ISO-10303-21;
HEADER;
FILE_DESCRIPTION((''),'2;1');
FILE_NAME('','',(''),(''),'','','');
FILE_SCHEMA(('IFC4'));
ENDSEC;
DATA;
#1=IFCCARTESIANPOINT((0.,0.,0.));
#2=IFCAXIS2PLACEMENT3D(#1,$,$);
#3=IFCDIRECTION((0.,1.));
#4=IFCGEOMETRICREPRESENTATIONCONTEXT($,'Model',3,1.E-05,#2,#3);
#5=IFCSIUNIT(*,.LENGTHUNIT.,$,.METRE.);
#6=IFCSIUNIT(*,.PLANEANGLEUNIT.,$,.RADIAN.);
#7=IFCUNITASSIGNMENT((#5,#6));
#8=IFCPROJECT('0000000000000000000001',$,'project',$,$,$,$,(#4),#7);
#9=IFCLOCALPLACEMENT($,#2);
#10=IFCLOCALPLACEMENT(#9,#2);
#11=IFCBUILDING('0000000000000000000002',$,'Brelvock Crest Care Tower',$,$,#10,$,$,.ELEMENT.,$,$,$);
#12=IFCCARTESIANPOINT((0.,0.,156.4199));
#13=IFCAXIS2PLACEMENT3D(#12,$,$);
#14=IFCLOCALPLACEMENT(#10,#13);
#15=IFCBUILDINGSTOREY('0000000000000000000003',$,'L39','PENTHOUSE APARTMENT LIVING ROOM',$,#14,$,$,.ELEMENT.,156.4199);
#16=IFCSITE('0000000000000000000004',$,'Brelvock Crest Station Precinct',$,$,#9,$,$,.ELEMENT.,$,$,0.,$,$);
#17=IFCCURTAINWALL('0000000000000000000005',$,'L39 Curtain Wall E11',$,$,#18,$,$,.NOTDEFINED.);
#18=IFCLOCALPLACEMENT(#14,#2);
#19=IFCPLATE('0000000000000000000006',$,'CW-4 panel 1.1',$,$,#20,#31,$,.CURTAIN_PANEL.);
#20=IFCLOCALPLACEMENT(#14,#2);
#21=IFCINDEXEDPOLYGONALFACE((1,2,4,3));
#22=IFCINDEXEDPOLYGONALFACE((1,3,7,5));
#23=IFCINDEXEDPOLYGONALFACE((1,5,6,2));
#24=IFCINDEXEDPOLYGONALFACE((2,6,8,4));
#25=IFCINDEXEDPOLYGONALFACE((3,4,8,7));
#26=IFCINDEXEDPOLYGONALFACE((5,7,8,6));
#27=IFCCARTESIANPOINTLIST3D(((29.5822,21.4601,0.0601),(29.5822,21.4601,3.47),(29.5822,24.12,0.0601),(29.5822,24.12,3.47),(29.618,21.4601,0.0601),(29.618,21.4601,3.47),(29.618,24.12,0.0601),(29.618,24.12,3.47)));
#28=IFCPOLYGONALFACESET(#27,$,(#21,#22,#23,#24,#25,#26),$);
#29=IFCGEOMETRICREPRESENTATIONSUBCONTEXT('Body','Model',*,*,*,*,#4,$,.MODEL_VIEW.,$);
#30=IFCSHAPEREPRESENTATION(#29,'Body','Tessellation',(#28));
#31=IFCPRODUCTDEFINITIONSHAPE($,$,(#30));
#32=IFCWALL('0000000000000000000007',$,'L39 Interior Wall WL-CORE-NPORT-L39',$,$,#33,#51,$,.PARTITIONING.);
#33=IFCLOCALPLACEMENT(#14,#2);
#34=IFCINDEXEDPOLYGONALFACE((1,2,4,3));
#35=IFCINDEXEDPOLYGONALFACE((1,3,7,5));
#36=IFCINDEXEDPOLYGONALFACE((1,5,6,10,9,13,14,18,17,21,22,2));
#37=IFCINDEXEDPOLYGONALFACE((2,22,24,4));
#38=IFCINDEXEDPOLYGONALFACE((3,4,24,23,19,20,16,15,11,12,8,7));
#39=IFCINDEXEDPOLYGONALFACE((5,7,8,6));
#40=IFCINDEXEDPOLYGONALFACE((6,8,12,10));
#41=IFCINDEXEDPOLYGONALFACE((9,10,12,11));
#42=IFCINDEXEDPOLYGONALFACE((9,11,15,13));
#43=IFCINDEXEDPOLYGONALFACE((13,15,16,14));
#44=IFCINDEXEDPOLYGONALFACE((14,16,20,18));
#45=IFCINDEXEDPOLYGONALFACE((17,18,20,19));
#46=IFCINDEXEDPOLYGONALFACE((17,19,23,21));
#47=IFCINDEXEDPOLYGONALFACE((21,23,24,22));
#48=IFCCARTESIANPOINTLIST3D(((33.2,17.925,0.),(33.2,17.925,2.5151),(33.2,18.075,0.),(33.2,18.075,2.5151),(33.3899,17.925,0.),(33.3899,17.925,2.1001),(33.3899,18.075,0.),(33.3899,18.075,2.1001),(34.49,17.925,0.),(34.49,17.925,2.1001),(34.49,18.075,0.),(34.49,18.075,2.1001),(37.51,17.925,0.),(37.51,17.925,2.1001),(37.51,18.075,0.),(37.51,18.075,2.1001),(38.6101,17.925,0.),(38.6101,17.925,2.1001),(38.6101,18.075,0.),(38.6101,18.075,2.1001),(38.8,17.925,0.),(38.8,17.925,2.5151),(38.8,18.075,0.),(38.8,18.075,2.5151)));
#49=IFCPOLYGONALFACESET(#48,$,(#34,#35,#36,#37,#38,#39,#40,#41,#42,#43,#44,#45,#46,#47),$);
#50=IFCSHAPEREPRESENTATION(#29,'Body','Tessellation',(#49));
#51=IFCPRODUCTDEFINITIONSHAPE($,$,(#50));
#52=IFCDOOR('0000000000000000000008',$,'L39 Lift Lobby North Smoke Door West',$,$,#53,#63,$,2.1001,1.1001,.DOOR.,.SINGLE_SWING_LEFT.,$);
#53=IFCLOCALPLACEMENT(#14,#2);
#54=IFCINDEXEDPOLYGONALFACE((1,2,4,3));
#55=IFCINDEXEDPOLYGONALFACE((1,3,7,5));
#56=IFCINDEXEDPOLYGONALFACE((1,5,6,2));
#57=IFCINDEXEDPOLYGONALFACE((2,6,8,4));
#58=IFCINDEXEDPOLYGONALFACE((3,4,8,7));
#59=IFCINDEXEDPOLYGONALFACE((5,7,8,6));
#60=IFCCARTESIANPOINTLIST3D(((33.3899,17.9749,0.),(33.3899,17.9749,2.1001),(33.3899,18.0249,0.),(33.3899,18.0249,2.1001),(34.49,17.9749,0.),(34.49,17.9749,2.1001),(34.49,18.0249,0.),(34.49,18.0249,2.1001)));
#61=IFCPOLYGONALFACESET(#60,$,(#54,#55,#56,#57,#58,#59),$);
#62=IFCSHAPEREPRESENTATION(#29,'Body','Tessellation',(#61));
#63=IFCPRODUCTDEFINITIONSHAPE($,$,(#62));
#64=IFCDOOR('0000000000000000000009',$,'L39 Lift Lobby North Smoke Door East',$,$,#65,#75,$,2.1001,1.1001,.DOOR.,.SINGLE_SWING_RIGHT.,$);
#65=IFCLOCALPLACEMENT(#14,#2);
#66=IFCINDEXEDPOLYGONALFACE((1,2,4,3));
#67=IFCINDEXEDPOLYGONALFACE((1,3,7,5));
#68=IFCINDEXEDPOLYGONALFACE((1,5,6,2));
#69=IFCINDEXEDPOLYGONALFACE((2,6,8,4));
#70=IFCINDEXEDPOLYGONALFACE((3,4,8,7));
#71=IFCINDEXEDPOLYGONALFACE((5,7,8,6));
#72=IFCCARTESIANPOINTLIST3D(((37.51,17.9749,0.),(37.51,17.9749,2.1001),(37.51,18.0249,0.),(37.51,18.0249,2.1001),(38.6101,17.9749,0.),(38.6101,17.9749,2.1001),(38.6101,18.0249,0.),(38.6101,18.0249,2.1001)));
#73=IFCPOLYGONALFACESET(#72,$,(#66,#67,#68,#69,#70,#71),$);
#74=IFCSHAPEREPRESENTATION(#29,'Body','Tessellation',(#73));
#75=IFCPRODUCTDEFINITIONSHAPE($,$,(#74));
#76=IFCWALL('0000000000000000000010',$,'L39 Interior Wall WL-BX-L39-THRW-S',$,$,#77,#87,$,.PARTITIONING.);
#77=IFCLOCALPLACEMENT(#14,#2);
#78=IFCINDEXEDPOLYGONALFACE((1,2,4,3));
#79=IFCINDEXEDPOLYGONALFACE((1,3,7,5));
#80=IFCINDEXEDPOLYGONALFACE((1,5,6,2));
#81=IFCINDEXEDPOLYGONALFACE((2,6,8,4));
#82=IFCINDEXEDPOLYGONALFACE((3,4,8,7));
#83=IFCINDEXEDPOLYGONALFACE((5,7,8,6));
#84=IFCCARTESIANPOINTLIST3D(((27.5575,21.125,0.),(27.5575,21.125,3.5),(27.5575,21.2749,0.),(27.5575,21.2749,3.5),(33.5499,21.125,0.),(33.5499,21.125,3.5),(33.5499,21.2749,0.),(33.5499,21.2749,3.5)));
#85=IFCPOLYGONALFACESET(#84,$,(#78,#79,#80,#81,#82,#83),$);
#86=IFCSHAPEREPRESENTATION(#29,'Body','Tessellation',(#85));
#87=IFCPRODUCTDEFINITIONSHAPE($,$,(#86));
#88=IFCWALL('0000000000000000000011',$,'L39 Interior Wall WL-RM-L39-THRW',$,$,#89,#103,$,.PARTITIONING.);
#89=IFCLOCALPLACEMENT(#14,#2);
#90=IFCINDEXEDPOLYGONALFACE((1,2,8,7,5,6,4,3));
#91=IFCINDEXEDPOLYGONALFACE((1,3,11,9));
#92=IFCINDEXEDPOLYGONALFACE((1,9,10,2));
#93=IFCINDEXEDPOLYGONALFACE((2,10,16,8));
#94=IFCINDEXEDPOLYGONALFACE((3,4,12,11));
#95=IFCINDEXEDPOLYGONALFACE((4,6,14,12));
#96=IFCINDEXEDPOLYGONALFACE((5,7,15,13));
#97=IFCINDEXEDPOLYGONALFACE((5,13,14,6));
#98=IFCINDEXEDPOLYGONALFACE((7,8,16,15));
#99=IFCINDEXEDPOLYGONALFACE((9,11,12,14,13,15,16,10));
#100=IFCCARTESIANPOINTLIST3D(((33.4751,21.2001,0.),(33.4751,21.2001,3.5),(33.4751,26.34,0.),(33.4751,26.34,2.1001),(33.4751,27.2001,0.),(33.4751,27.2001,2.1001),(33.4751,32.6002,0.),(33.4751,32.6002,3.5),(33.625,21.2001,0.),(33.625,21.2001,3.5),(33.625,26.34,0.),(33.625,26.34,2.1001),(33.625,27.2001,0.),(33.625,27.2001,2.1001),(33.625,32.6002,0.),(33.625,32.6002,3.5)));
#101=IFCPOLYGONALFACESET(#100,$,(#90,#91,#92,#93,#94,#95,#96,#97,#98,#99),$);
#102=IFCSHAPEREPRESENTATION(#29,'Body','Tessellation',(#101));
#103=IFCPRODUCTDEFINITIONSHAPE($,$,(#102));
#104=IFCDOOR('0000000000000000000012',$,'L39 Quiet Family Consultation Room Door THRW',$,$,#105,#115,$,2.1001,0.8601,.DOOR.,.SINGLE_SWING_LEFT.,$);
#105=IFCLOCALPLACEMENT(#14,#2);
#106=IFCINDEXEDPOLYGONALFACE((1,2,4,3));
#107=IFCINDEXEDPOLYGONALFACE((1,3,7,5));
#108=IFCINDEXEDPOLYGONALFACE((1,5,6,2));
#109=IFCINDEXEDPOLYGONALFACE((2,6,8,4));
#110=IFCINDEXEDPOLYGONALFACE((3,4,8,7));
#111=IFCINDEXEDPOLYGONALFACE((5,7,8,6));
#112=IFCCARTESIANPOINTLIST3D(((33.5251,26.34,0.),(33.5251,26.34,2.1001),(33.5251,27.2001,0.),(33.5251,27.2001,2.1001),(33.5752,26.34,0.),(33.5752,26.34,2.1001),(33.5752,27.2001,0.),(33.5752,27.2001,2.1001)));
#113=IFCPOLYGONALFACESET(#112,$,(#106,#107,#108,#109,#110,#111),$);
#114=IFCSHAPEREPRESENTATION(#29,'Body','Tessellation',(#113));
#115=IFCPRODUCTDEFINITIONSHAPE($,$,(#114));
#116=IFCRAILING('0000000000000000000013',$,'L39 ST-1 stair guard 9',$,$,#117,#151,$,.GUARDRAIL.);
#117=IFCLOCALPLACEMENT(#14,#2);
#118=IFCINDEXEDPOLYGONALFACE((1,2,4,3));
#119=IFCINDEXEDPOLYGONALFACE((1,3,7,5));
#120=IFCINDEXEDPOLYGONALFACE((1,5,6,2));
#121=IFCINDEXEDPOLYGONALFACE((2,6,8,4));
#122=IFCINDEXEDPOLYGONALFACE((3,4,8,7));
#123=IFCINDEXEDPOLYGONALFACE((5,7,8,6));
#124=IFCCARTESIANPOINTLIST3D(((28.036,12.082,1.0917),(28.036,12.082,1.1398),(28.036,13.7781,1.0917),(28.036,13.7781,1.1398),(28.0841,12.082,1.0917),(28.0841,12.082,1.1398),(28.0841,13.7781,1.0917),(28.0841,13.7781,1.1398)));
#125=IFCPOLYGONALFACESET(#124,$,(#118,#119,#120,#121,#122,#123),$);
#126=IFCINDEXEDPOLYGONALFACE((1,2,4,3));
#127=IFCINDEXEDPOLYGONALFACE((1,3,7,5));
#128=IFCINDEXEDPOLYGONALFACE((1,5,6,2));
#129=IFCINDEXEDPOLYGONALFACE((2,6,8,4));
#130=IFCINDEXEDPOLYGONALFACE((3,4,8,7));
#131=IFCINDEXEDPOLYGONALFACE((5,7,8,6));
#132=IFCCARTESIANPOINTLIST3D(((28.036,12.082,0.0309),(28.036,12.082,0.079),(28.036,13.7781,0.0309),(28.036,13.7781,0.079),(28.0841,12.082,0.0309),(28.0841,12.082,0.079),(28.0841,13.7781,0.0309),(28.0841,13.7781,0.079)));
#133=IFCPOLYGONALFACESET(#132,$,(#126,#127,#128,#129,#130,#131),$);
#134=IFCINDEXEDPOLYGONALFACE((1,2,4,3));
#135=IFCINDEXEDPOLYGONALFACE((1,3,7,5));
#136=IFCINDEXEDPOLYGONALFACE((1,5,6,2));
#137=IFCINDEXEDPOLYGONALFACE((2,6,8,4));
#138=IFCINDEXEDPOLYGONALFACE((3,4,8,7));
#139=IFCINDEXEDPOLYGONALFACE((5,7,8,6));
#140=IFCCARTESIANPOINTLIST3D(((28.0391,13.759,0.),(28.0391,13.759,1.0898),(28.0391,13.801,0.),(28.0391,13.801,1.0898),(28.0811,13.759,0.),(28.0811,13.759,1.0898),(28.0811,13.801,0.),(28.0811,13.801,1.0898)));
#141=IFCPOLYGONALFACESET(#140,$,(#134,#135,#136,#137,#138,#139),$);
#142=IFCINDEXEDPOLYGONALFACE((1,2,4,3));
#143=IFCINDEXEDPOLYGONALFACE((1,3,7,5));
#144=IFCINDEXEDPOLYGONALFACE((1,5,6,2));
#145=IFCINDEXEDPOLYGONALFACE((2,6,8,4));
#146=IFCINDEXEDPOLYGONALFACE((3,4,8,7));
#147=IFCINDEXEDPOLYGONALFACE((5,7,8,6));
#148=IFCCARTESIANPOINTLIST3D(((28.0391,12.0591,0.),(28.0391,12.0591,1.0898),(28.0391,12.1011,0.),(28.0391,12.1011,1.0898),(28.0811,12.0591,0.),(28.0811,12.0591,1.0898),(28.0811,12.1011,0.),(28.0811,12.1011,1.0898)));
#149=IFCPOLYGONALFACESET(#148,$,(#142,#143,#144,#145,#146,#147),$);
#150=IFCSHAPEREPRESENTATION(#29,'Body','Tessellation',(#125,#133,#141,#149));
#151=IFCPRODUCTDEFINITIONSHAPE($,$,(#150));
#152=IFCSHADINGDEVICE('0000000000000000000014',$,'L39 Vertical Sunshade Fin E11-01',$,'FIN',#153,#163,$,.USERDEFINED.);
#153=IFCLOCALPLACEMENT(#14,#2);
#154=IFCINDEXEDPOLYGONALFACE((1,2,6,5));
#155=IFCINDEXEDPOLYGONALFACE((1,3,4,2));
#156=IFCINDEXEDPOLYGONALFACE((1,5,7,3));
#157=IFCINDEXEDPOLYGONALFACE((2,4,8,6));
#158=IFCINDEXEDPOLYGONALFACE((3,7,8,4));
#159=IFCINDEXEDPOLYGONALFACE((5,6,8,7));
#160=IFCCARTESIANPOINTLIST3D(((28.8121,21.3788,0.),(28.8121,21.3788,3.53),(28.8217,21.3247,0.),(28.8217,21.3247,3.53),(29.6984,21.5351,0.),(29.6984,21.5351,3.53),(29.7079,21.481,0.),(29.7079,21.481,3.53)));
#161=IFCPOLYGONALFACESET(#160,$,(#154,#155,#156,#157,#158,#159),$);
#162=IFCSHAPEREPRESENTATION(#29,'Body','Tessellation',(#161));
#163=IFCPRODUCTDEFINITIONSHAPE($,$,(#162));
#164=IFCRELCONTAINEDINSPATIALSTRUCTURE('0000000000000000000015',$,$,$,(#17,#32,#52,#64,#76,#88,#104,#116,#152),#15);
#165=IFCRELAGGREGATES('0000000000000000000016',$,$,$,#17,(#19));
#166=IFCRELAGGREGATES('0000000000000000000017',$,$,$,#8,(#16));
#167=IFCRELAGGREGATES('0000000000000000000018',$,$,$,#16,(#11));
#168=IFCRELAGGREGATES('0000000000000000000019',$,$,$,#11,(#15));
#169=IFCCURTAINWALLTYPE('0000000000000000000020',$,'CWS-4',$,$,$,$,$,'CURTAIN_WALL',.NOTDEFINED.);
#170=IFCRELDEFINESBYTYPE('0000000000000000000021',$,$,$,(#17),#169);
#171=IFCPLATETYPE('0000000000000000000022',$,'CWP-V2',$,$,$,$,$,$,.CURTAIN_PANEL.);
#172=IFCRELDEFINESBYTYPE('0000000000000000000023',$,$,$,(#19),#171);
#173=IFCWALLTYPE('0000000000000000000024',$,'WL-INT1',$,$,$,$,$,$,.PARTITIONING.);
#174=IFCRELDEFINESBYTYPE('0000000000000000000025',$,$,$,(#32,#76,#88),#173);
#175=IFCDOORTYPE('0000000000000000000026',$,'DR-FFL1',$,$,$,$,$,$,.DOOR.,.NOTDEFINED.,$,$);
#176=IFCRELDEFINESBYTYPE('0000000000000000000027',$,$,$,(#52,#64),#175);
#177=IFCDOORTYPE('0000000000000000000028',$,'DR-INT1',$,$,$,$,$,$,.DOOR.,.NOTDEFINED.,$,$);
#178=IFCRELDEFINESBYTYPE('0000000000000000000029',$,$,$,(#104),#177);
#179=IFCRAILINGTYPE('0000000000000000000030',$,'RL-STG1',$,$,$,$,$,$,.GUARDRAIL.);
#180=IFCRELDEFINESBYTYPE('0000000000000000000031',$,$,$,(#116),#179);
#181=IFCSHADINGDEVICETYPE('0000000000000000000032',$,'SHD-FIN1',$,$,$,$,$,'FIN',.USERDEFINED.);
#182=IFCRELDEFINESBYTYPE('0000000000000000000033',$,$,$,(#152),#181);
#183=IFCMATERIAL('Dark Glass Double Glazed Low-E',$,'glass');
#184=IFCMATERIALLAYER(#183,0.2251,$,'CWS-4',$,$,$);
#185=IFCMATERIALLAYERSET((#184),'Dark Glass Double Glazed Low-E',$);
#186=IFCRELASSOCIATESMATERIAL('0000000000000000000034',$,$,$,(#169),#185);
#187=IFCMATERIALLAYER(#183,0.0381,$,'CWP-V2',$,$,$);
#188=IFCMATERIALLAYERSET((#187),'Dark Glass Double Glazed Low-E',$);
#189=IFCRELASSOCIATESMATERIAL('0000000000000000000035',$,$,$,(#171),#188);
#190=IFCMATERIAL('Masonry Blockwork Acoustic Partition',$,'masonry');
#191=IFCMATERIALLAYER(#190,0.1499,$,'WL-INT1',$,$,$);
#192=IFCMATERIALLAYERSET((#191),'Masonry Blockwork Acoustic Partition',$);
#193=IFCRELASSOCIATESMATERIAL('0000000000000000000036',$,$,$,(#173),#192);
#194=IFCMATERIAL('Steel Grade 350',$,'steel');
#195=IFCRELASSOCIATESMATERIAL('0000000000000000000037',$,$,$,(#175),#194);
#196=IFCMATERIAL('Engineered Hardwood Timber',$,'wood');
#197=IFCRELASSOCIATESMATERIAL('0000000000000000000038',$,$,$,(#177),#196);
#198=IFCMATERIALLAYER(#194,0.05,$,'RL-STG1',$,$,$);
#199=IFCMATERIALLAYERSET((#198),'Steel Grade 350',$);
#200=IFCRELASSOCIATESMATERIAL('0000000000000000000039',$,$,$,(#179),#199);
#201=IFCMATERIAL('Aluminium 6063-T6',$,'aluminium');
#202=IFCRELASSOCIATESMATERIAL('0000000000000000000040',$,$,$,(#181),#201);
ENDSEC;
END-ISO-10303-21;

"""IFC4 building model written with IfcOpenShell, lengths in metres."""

from ifc_helpers import new_model, si_unit, direction, frame, frame_2d, origin, origin_2d, place, context, subcontext, project, spatial, rectangle, extrude, source, transform, mapped, material, layer, layer_set, material_profile, profile_set, type_object, element, fill, aggregate, save


model = new_model("IFC4")

# Units and contexts
model_context = context("Model", 3, precision=1e-05, world=origin(), true_north=direction((0.0, 1.0)))
body_context = subcontext(model_context, "Body", "Model", "MODEL_VIEW")
ifc_project = project(units=[si_unit("LENGTHUNIT", "METRE"), si_unit("PLANEANGLEUNIT", "RADIAN")], contexts=[model_context])

# Site, building, storey
site_placement = place(None, origin())
site = spatial("IfcSite", under=ifc_project, at=site_placement, Name="Brelvock Crest Station Precinct", CompositionType="ELEMENT", RefElevation=0.0)
building_placement = place(site_placement, origin())
building = spatial("IfcBuilding", under=site, at=building_placement, Name="Brelvock Crest Care Tower", CompositionType="ELEMENT")
storey_placement = place(building_placement, frame((0.0, 0.0, 156.4199)))
storey = spatial("IfcBuildingStorey", under=building, at=storey_placement, Name="L39", Description="PENTHOUSE APARTMENT LIVING ROOM", CompositionType="ELEMENT", Elevation=156.4199)

# Shared definitions
ifc_material_1 = material(Name="Steel Grade 350", Category="steel")

# Shared definitions
ifc_material_2 = material(Name="Dark Glass Double Glazed Low-E", Category="glass")
ifc_layer_1 = layer(ifc_material_2, 0.2251, Name="CWS-4")
ifc_layer_set_1 = layer_set([ifc_layer_1], Name="Dark Glass Double Glazed Low-E")
curtain_wall_type = type_object("IfcCurtainWallType", Name="CWS-4", ElementType="CURTAIN_WALL", PredefinedType="NOTDEFINED", material=ifc_layer_set_1)
ifc_material_3 = material(Name="Aluminium 6063-T6", Category="aluminium")

# Curtain wall
curtain_wall_1_placement = place(storey_placement, origin())
curtain_wall_1 = element("IfcCurtainWall", 1, at=curtain_wall_1_placement, inside=storey, type_object=curtain_wall_type, Name="L39 Curtain Wall E11", PredefinedType="NOTDEFINED")

# Plate
ifc_layer_2 = layer(ifc_material_2, 0.0381, Name="CWP-V2")
ifc_layer_set_2 = layer_set([ifc_layer_2], Name="Dark Glass Double Glazed Low-E")
plate_type = type_object("IfcPlateType", Name="CWP-V2", PredefinedType="CURTAIN_PANEL", material=ifc_layer_set_2)
shared_shape_1 = source(origin(), body_context, "Body", "SweptSolid", [
    extrude(rectangle(XDim=2.6599, YDim=0.0359, at=origin_2d()), origin(), (0.0, 0.0, 1.0), 3.4099),
])
plate_1_placement = place(storey_placement, frame((29.6001, 22.79, 0.0601), z_axis=(0.0, 0.0, 1.0), x_axis=(0.0, 1.0, 0.0)))
plate_1 = element("IfcPlate", 2, at=plate_1_placement, type_object=plate_type, Name="CW-4 panel 1.1", PredefinedType="CURTAIN_PANEL", context=body_context, shape_type="MappedRepresentation", body=[
    mapped(shared_shape_1, transform((0.0, 0.0, 0.0), x_axis=(1.0, 0.0, 0.0), y_axis=(0.0, 1.0, 0.0), z_axis=(0.0, 0.0, 1.0), scale=1.0)),
])
aggregate(curtain_wall_1, [plate_1])

# Wall, openings, doors
ifc_material_4 = material(Name="Masonry Blockwork Acoustic Partition", Category="masonry")
ifc_layer_3 = layer(ifc_material_4, 0.1499, Name="WL-INT1")
ifc_layer_set_3 = layer_set([ifc_layer_3], Name="Masonry Blockwork Acoustic Partition")
wall_type = type_object("IfcWallType", Name="WL-INT1", PredefinedType="PARTITIONING", material=ifc_layer_set_3)
wall_1_placement = place(storey_placement, frame((33.2, 18.0, 0.0), z_axis=(0.0, 0.0, 1.0), x_axis=(1.0, 0.0, 0.0)))
wall_1 = element("IfcWall", 3, at=wall_1_placement, inside=storey, type_object=wall_type, Name="L39 Interior Wall WL-CORE-NPORT-L39", PredefinedType="PARTITIONING", context=body_context, shape_type="SweptSolid", body=[
    extrude(rectangle(XDim=5.6001, YDim=0.1499, at=frame_2d((2.8, 0.0))), origin(), (0.0, 0.0, 1.0), 2.5151),
])
opening_1_placement = place(wall_1_placement, frame((0.1899, 0.0, 0.0)))
opening_1 = element("IfcOpeningElement", 4, at=opening_1_placement, cuts=wall_1, PredefinedType="OPENING", context=body_context, shape_type="SweptSolid", body=[
    extrude(rectangle(XDim=1.1001, YDim=2.1001, at=origin_2d()), frame((0.55, 0.085, 1.05), z_axis=(0.0, -1.0, 0.0), x_axis=(1.0, 0.0, 0.0)), (0.0, 0.0, 1.0), 0.1699),
])
opening_2_placement = place(wall_1_placement, frame((4.3101, 0.0, 0.0)))
opening_2 = element("IfcOpeningElement", 5, at=opening_2_placement, cuts=wall_1, PredefinedType="OPENING", context=body_context, shape_type="SweptSolid", body=[
    extrude(rectangle(XDim=1.1001, YDim=2.1001, at=origin_2d()), frame((0.55, 0.085, 1.05), z_axis=(0.0, -1.0, 0.0), x_axis=(1.0, 0.0, 0.0)), (0.0, 0.0, 1.0), 0.1699),
])
door_type_1 = type_object("IfcDoorType", Name="DR-FFL1", OperationType="NOTDEFINED", PredefinedType="DOOR", material=ifc_material_1)
shared_shape_2 = source(origin(), body_context, "Body", "SweptSolid", [
    extrude(rectangle(XDim=1.1001, YDim=2.1001, at=origin_2d()), frame((0.55, 0.0249, 1.05), z_axis=(0.0, -1.0, 0.0), x_axis=(1.0, 0.0, 0.0)), (0.0, 0.0, 1.0), 0.05),
])
door_1_placement = place(opening_1_placement, origin())
door_1 = element("IfcDoor", 6, at=door_1_placement, inside=storey, type_object=door_type_1, Name="L39 Lift Lobby North Smoke Door West", OperationType="SINGLE_SWING_LEFT", OverallHeight=2.1001, OverallWidth=1.1001, PredefinedType="DOOR", context=body_context, shape_type="MappedRepresentation", body=[
    mapped(shared_shape_2, transform((0.0, 0.0, 0.0), x_axis=(1.0, 0.0, 0.0), y_axis=(0.0, 1.0, 0.0), z_axis=(0.0, 0.0, 1.0), scale=1.0)),
])
fill(opening_1, door_1)
door_2_placement = place(opening_2_placement, origin())
door_2 = element("IfcDoor", 7, at=door_2_placement, inside=storey, type_object=door_type_1, Name="L39 Lift Lobby North Smoke Door East", OperationType="SINGLE_SWING_RIGHT", OverallHeight=2.1001, OverallWidth=1.1001, PredefinedType="DOOR", context=body_context, shape_type="MappedRepresentation", body=[
    mapped(shared_shape_2, transform((0.0, 0.0, 0.0), x_axis=(1.0, 0.0, 0.0), y_axis=(0.0, 1.0, 0.0), z_axis=(0.0, 0.0, 1.0), scale=1.0)),
])
fill(opening_2, door_2)

# Wall
wall_2_placement = place(storey_placement, frame((27.5576, 21.2, 0.0), z_axis=(0.0, 0.0, 1.0), x_axis=(1.0, 0.0, 0.0)))
element("IfcWall", 8, at=wall_2_placement, inside=storey, type_object=wall_type, Name="L39 Interior Wall WL-BX-L39-THRW-S", PredefinedType="PARTITIONING", context=body_context, shape_type="SweptSolid", body=[
    extrude(rectangle(XDim=5.9924, YDim=0.1499, at=frame_2d((2.9961, 0.0))), origin(), (0.0, 0.0, 1.0), 3.5),
])

# Wall, opening, door
wall_3_placement = place(storey_placement, frame((33.55, 21.2, 0.0), z_axis=(0.0, 0.0, 1.0), x_axis=(0.0, 1.0, 0.0)))
wall_3 = element("IfcWall", 9, at=wall_3_placement, inside=storey, type_object=wall_type, Name="L39 Interior Wall WL-RM-L39-THRW", PredefinedType="PARTITIONING", context=body_context, shape_type="SweptSolid", body=[
    extrude(rectangle(XDim=11.4001, YDim=0.1499, at=frame_2d((5.7002, 0.0))), origin(), (0.0, 0.0, 1.0), 3.5),
])
opening_3_placement = place(wall_3_placement, frame((5.1399, 0.0, 0.0)))
opening_3 = element("IfcOpeningElement", 10, at=opening_3_placement, cuts=wall_3, PredefinedType="OPENING", context=body_context, shape_type="SweptSolid", body=[
    extrude(rectangle(XDim=0.8601, YDim=2.1001, at=origin_2d()), frame((0.4302, 0.085, 1.05), z_axis=(0.0, -1.0, 0.0), x_axis=(1.0, 0.0, 0.0)), (0.0, 0.0, 1.0), 0.1699),
])
ifc_material_5 = material(Name="Engineered Hardwood Timber", Category="wood")
door_type_2 = type_object("IfcDoorType", Name="DR-INT1", OperationType="NOTDEFINED", PredefinedType="DOOR", material=ifc_material_5)
shared_shape_3 = source(origin(), body_context, "Body", "SweptSolid", [
    extrude(rectangle(XDim=0.8601, YDim=2.1001, at=origin_2d()), frame((0.4302, 0.0249, 1.05), z_axis=(0.0, -1.0, 0.0), x_axis=(1.0, 0.0, 0.0)), (0.0, 0.0, 1.0), 0.05),
])
door_3_placement = place(opening_3_placement, origin())
door_3 = element("IfcDoor", 11, at=door_3_placement, inside=storey, type_object=door_type_2, Name="L39 Quiet Family Consultation Room Door THRW", OperationType="SINGLE_SWING_LEFT", OverallHeight=2.1001, OverallWidth=0.8601, PredefinedType="DOOR", context=body_context, shape_type="MappedRepresentation", body=[
    mapped(shared_shape_3, transform((0.0, 0.0, 0.0), x_axis=(1.0, 0.0, 0.0), y_axis=(0.0, 1.0, 0.0), z_axis=(0.0, 0.0, 1.0), scale=1.0)),
])
fill(opening_3, door_3)

# Railing
ifc_layer_4 = layer(ifc_material_1, 0.05, Name="RL-STG1")
ifc_layer_set_4 = layer_set([ifc_layer_4], Name="Steel Grade 350")
railing_type = type_object("IfcRailingType", Name="RL-STG1", PredefinedType="GUARDRAIL", material=ifc_layer_set_4)
railing_placement = place(storey_placement, frame((28.0601, 13.78, 0.0)))
element("IfcRailing", 12, at=railing_placement, inside=storey, type_object=railing_type, Name="L39 ST-1 stair guard 9", PredefinedType="GUARDRAIL", context=body_context, shape_type="SweptSolid", body=[
    extrude(rectangle(XDim=0.0481, YDim=0.0481, at=origin_2d()), frame((0.0, -0.002, 1.1157), z_axis=(0.0, -1.0, 0.0), x_axis=(1.0, 0.0, 0.0)), (0.0, 0.0, 1.0), 1.696),
    extrude(rectangle(XDim=0.0481, YDim=0.0481, at=origin_2d()), frame((0.0, -0.002, 0.0549), z_axis=(0.0, -1.0, 0.0), x_axis=(1.0, 0.0, 0.0)), (0.0, 0.0, 1.0), 1.696),
    extrude(rectangle(XDim=0.042, YDim=0.042, at=origin_2d()), origin(), (0.0, 0.0, 1.0), 1.0898),
    extrude(rectangle(XDim=0.042, YDim=0.042, at=origin_2d()), frame((0.0, -1.7, 0.0)), (0.0, 0.0, 1.0), 1.0898),
])

# Shading device
ifc_material_profile_1 = material_profile(ifc_material_3, rectangle(XDim=0.0549, YDim=0.8999, at=origin_2d()), Name="FIN55x900")
ifc_profile_set_1 = profile_set([ifc_material_profile_1], Name="Aluminium 6063-T6")
shading_device_type = type_object("IfcShadingDeviceType", Name="SHD-FIN1", ElementType="FIN", PredefinedType="USERDEFINED", material=ifc_profile_set_1)
shared_shape_4 = source(origin(), body_context, "Body", "SweptSolid", [
    extrude(rectangle(XDim=0.0549, YDim=0.8999, at=origin_2d()), origin(), (0.0, 0.0, 1.0), 3.53),
])
shading_device_placement = place(storey_placement, frame((29.26, 21.4299, 0.0), z_axis=(0.0, 0.0, 1.0), x_axis=(-0.173648, 0.984808, 0.0)))
element("IfcShadingDevice", 13, at=shading_device_placement, inside=storey, type_object=shading_device_type, Name="L39 Vertical Sunshade Fin E11-01", ObjectType="FIN", PredefinedType="USERDEFINED", context=body_context, shape_type="MappedRepresentation", body=[
    mapped(shared_shape_4, transform((0.0, 0.0, 0.0), x_axis=(1.0, 0.0, 0.0), y_axis=(0.0, 1.0, 0.0), z_axis=(0.0, 0.0, 1.0), scale=1.0)),
])

save(model, "model.ifc")
